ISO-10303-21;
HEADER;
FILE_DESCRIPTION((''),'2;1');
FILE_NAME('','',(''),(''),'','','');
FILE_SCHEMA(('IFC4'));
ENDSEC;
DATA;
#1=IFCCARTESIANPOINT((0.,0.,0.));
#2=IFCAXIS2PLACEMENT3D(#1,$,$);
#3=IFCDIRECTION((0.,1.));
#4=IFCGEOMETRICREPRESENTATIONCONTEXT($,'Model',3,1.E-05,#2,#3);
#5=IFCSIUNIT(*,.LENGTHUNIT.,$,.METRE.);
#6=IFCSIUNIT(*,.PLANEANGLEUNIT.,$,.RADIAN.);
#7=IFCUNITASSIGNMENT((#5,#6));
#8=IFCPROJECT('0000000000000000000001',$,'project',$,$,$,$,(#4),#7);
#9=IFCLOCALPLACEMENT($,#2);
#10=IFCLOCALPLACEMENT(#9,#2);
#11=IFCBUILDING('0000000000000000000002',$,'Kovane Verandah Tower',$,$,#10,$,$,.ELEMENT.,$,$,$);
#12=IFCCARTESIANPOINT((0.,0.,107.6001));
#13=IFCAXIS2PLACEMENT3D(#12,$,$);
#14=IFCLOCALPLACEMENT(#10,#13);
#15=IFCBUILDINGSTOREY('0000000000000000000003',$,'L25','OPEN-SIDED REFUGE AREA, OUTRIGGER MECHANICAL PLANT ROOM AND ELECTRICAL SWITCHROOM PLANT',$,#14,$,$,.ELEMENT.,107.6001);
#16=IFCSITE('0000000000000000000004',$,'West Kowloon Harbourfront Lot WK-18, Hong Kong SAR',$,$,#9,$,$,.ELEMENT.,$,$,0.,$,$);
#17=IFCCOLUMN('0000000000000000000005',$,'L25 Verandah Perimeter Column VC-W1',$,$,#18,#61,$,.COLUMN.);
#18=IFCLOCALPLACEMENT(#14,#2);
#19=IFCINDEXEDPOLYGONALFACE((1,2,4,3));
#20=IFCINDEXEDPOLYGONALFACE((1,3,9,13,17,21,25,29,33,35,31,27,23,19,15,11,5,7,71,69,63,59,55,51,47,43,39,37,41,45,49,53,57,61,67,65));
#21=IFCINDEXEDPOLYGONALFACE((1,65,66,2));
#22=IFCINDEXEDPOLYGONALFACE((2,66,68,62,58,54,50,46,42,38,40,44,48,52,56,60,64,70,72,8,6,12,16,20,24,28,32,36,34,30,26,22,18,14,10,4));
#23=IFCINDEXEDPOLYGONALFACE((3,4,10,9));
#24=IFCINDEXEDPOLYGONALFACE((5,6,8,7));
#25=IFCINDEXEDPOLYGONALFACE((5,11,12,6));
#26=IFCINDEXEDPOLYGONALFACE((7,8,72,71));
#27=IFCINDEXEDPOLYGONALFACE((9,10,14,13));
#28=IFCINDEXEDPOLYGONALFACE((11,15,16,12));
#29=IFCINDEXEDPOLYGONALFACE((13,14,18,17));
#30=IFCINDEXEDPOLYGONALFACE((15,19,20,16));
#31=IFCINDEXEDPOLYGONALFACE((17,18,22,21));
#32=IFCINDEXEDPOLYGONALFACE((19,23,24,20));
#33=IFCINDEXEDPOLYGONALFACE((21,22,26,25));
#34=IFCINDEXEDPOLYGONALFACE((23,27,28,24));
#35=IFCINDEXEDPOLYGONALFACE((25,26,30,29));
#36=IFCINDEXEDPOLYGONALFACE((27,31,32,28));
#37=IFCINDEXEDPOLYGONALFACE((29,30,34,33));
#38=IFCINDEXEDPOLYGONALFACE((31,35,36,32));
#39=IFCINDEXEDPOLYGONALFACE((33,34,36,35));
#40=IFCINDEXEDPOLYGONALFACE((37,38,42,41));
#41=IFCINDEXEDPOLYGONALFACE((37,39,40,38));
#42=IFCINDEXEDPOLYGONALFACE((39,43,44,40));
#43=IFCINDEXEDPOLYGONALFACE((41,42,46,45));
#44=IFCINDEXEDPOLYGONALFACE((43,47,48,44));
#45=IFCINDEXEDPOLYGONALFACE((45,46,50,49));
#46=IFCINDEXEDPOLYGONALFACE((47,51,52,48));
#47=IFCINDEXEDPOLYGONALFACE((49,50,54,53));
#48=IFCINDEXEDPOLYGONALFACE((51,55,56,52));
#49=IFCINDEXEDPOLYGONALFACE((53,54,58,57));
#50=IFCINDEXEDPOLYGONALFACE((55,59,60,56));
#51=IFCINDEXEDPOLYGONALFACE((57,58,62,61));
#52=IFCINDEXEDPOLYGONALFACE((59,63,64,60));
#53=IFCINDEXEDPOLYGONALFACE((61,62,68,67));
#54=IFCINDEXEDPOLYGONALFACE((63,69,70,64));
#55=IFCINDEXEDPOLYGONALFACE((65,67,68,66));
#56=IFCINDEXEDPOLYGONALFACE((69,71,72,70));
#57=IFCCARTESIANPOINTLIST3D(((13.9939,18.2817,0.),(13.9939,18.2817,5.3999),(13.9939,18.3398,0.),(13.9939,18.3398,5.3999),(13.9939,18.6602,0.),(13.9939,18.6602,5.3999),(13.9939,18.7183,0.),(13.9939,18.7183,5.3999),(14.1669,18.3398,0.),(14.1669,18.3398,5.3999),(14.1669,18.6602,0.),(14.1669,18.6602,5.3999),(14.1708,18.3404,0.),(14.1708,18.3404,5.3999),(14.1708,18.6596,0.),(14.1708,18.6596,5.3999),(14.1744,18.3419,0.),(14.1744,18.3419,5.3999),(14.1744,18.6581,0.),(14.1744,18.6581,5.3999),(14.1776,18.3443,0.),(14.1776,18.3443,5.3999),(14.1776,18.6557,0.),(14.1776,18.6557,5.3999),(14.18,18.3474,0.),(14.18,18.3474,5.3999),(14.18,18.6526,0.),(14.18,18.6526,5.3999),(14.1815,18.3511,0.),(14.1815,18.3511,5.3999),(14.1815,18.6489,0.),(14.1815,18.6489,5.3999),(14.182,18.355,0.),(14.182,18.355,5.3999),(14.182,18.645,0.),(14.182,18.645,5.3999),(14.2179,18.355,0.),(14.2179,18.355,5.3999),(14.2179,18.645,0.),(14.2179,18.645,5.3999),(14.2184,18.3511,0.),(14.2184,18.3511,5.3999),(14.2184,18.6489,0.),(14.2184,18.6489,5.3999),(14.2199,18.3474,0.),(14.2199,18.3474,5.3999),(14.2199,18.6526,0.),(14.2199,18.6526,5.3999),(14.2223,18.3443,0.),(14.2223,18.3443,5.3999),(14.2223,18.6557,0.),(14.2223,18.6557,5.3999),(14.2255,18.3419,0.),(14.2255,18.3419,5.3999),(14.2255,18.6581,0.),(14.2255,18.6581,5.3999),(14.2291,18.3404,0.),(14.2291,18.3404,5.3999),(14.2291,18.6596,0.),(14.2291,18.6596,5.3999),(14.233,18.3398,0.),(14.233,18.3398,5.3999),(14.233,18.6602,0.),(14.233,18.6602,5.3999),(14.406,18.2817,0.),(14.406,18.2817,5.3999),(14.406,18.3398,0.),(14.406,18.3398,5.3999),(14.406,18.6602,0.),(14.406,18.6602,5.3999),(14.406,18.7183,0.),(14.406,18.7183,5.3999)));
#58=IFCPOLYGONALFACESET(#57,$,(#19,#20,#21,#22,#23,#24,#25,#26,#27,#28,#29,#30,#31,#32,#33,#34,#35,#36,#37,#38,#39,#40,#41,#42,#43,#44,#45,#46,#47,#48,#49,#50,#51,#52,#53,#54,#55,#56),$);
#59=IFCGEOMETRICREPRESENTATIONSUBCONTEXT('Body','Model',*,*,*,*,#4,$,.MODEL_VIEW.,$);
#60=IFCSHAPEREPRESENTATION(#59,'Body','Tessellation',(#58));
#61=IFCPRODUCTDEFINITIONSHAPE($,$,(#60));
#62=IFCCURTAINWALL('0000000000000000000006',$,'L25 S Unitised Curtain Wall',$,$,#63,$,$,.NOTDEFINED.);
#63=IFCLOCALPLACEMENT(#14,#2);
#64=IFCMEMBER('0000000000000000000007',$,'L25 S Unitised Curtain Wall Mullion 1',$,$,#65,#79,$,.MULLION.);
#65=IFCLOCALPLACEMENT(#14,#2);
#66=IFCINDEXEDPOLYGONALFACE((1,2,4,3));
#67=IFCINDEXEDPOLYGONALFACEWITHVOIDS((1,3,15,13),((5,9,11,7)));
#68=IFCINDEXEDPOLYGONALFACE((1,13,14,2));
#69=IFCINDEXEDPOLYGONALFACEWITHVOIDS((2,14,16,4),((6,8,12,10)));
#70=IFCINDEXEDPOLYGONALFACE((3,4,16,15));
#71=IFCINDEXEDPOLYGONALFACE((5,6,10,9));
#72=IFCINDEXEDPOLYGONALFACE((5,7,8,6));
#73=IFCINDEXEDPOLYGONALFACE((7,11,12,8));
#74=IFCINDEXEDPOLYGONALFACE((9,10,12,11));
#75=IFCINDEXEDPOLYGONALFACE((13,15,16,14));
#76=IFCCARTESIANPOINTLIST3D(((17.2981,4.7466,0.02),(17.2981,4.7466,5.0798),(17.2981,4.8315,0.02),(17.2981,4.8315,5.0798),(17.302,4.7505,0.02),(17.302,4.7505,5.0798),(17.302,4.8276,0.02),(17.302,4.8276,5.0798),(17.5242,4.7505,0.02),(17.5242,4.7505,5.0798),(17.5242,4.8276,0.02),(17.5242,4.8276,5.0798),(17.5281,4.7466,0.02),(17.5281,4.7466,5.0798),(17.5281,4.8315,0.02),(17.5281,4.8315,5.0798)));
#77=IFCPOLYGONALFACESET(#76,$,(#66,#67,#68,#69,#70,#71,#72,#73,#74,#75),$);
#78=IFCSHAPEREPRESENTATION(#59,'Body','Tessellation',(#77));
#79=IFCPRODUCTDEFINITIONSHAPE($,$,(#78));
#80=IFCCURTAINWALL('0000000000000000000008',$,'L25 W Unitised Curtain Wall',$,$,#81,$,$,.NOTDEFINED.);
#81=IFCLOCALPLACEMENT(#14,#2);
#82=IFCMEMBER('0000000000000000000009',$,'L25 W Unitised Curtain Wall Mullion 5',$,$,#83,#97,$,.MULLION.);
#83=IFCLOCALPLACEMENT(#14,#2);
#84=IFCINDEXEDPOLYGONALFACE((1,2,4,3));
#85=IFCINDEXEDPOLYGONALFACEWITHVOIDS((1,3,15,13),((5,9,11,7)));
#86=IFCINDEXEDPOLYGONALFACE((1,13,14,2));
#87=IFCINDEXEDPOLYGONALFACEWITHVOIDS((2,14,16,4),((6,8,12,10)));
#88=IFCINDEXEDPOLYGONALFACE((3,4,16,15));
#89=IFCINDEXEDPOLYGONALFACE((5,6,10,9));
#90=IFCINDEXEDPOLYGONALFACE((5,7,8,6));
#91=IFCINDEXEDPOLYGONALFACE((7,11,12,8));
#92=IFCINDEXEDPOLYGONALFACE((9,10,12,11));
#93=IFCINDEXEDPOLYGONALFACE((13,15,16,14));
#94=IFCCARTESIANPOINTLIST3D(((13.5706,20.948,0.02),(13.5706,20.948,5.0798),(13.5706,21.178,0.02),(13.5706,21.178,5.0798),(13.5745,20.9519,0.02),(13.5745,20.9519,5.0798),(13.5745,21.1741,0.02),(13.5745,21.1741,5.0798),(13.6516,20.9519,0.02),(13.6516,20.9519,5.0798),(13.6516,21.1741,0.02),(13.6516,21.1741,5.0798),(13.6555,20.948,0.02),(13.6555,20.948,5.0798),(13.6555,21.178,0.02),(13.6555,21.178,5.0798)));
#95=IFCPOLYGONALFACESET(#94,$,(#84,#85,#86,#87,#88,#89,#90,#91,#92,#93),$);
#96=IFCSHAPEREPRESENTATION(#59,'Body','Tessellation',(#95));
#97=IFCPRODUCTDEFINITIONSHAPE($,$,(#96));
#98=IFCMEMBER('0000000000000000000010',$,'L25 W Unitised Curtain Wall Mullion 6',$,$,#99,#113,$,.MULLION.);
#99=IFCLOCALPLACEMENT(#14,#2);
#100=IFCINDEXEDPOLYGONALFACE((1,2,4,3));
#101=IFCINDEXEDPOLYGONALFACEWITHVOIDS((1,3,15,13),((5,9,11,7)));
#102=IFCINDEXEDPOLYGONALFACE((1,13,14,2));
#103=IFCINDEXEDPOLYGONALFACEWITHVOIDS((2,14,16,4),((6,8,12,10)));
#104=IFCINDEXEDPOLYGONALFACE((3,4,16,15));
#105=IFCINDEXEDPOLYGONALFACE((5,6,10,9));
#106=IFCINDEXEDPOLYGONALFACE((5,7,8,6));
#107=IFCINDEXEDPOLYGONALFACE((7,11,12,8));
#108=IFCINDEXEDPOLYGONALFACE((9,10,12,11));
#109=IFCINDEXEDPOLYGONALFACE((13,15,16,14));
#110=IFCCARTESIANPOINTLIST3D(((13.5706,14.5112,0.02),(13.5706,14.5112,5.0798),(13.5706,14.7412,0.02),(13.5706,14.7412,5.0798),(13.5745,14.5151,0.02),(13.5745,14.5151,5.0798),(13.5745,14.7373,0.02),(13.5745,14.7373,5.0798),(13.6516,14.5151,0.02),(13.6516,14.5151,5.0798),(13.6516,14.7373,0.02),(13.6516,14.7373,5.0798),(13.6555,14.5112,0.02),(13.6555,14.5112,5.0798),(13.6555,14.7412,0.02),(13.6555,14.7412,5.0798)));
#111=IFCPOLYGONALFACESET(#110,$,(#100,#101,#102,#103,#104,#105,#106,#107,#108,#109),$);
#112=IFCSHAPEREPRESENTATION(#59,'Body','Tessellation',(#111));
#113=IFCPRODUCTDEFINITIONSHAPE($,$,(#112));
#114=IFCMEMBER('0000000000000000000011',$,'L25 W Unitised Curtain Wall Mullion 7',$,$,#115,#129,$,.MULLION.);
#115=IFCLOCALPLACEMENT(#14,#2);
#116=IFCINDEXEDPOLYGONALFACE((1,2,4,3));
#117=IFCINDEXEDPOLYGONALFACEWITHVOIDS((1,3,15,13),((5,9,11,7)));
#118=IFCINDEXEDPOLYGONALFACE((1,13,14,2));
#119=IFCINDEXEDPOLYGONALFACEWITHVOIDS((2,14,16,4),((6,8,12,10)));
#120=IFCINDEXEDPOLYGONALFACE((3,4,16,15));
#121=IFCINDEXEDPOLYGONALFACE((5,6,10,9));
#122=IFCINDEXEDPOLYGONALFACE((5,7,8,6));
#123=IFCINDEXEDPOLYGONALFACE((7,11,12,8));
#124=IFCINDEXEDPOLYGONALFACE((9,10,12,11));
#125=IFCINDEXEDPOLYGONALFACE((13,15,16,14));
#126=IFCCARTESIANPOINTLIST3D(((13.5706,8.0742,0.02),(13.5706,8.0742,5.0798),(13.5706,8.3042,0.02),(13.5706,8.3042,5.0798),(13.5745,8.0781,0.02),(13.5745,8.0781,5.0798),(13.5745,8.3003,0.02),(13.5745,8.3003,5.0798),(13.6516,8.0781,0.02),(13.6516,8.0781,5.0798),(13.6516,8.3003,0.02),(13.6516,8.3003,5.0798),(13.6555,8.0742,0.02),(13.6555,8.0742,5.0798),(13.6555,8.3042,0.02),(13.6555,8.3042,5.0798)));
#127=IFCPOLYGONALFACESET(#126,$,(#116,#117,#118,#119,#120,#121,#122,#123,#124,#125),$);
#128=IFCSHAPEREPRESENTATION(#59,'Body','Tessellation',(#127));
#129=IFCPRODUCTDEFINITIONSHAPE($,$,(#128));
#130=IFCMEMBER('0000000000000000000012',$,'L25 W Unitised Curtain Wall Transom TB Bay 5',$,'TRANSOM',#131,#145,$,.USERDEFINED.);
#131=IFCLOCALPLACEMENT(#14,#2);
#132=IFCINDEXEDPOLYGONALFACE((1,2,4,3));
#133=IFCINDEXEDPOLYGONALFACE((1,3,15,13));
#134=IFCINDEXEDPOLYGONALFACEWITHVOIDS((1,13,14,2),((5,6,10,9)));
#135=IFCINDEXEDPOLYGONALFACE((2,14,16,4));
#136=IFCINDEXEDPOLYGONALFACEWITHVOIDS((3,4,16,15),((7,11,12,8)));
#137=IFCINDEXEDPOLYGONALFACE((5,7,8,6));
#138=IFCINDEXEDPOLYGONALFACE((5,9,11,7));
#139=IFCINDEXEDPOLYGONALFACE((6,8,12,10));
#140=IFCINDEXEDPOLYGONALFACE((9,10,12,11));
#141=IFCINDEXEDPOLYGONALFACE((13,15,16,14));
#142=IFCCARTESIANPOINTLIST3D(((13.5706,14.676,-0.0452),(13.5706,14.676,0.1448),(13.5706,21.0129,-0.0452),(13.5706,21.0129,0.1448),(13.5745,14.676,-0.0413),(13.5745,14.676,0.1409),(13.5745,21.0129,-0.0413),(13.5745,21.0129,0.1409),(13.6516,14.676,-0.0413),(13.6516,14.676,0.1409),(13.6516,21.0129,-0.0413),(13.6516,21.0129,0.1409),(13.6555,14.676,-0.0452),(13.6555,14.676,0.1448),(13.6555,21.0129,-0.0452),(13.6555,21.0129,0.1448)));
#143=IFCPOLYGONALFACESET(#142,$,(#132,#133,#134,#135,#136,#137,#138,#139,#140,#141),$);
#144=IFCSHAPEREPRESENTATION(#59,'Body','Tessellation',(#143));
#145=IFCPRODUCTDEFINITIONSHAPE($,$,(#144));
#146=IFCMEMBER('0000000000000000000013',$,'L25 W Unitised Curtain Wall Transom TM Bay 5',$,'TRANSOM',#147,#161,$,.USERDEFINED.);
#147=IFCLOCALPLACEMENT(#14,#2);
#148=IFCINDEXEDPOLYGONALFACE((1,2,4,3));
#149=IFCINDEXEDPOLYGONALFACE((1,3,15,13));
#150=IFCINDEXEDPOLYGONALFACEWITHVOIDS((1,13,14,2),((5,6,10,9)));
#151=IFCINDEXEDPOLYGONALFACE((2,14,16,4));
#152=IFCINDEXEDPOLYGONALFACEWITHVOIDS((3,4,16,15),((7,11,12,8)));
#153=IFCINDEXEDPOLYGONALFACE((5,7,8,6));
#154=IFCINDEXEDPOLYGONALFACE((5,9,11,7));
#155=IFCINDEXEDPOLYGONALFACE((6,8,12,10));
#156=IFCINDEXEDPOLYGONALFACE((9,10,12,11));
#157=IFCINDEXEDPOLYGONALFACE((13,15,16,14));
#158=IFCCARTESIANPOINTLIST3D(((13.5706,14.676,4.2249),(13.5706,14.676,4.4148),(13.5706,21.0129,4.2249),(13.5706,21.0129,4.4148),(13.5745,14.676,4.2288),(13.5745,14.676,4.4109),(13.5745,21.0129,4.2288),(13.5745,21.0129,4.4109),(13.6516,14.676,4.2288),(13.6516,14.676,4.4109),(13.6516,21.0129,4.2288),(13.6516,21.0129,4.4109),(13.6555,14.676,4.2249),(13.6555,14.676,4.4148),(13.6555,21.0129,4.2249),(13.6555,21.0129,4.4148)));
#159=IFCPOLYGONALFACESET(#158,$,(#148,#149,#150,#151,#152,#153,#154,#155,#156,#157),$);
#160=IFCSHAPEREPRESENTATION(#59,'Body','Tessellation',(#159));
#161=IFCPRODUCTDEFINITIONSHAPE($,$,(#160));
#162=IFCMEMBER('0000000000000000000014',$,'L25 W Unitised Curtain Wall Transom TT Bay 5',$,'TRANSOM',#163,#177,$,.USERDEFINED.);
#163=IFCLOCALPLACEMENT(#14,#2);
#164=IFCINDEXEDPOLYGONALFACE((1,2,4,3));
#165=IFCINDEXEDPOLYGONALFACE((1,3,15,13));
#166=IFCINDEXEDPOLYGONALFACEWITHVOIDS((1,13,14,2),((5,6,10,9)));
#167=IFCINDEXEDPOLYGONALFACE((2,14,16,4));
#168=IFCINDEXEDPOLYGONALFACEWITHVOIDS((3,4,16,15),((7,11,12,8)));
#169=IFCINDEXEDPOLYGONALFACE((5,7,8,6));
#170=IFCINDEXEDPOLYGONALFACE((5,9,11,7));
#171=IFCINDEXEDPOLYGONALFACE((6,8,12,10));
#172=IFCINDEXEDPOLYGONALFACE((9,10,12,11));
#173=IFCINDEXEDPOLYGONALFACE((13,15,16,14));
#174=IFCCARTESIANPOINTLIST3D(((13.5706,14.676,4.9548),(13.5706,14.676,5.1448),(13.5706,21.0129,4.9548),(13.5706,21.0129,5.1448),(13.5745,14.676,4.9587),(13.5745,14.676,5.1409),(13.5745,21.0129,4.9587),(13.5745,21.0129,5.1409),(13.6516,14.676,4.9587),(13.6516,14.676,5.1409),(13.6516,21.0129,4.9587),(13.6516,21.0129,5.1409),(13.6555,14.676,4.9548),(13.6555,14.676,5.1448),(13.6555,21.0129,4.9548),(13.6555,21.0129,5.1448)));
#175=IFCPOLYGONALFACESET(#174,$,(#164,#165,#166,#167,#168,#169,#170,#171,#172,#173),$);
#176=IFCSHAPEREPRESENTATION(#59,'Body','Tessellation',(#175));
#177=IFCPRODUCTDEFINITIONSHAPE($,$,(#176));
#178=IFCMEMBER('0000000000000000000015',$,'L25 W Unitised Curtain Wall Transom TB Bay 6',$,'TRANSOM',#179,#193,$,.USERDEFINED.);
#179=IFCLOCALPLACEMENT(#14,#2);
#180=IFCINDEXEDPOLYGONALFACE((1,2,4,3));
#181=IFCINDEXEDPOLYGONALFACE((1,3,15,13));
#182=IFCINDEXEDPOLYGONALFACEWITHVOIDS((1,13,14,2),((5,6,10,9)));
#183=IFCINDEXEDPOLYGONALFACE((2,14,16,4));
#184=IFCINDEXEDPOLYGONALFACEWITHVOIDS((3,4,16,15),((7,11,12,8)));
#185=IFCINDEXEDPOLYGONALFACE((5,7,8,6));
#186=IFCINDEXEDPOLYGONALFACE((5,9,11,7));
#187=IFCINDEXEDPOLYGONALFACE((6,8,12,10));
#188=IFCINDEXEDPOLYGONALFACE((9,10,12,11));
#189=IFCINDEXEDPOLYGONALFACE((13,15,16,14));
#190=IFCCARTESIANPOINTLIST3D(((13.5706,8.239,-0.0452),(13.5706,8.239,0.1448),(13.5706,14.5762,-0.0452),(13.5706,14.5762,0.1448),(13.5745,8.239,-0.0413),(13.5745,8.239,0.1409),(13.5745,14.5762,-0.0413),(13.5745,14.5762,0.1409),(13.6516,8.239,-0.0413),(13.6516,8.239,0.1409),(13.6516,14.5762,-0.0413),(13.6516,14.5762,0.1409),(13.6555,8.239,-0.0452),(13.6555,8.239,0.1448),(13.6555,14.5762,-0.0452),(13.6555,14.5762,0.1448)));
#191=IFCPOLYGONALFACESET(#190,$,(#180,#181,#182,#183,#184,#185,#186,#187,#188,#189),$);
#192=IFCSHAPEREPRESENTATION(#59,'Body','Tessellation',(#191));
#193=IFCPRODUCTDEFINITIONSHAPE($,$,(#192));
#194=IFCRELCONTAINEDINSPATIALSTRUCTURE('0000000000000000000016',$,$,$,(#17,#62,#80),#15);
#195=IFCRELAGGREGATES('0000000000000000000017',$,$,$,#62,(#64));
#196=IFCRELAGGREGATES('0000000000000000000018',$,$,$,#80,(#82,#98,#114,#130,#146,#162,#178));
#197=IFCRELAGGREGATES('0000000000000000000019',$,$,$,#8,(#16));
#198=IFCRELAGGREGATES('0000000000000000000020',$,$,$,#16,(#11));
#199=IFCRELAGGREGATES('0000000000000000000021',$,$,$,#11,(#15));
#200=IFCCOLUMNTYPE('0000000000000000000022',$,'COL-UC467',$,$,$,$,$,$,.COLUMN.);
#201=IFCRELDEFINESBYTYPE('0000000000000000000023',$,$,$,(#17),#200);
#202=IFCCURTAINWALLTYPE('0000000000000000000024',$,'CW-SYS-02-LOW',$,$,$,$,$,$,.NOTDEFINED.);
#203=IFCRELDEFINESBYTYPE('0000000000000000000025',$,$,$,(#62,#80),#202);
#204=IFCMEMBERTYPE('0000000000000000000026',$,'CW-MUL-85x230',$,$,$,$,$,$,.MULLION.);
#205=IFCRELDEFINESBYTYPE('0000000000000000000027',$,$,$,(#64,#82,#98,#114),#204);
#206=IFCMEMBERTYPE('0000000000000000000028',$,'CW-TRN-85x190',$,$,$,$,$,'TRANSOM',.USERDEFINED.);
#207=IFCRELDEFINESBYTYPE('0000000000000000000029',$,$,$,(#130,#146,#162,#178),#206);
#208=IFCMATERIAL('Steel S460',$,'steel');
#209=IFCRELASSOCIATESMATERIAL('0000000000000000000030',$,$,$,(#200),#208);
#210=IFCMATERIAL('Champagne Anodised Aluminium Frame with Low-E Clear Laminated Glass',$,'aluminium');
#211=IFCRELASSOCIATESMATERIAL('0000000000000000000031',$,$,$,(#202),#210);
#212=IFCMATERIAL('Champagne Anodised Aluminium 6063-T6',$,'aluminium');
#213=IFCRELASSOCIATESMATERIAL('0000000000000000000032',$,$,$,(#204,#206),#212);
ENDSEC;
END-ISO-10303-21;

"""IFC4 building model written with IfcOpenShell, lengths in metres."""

from ifc_helpers import new_model, si_unit, direction, frame, origin, origin_2d, place, context, subcontext, project, spatial, hollow_rectangle, i_section, extrude, material, material_profile, profile_set, type_object, element, aggregate, save


model = new_model("IFC4")

# Units and contexts
model_context = context("Model", 3, precision=1e-05, world=origin(), true_north=direction((0.0, 1.0)))
body_context = subcontext(model_context, "Body", "Model", "MODEL_VIEW")
ifc_project = project(units=[si_unit("LENGTHUNIT", "METRE"), si_unit("PLANEANGLEUNIT", "RADIAN")], contexts=[model_context])

# Site, building, storey
site_placement = place(None, origin())
site = spatial("IfcSite", under=ifc_project, at=site_placement, Name="West Kowloon Harbourfront Lot WK-18, Hong Kong SAR", CompositionType="ELEMENT", RefElevation=0.0)
building_placement = place(site_placement, origin())
building = spatial("IfcBuilding", under=site, at=building_placement, Name="Kovane Verandah Tower", CompositionType="ELEMENT")
storey_placement = place(building_placement, frame((0.0, 0.0, 107.6001)))
storey = spatial("IfcBuildingStorey", under=building, at=storey_placement, Name="L25", Description="OPEN-SIDED REFUGE AREA, OUTRIGGER MECHANICAL PLANT ROOM AND ELECTRICAL SWITCHROOM PLANT", CompositionType="ELEMENT", Elevation=107.6001)

# Column
ifc_material_1 = material(Name="Steel S460", Category="steel")
ifc_material_profile_1 = material_profile(ifc_material_1, i_section(OverallWidth=0.4121, OverallDepth=0.4365, WebThickness=0.0359, FlangeThickness=0.0581, FilletRadius=0.0151, at=origin_2d()), Name="UC356x406x467")
ifc_profile_set_1 = profile_set([ifc_material_profile_1], Name="Steel S460")
column_type = type_object("IfcColumnType", Name="COL-UC467", PredefinedType="COLUMN", material=ifc_profile_set_1)
column_placement = place(storey_placement, frame((14.2, 18.5, 0.0), z_axis=(0.0, 0.0, 1.0), x_axis=(1.0, 0.0, 0.0)))
element("IfcColumn", 1, at=column_placement, inside=storey, type_object=column_type, Name="L25 Verandah Perimeter Column VC-W1", PredefinedType="COLUMN", context=body_context, shape_type="SweptSolid", body=[
    extrude(i_section(OverallWidth=0.4121, OverallDepth=0.4365, WebThickness=0.0359, FlangeThickness=0.0581, FilletRadius=0.0151, at=origin_2d()), origin(), (0.0, 0.0, 1.0), 5.3999),
])

# Curtain wall, member
ifc_material_2 = material(Name="Champagne Anodised Aluminium Frame with Low-E Clear Laminated Glass", Category="aluminium")
curtain_wall_type = type_object("IfcCurtainWallType", Name="CW-SYS-02-LOW", PredefinedType="NOTDEFINED", material=ifc_material_2)
curtain_wall_1_placement = place(storey_placement, origin())
curtain_wall_1 = element("IfcCurtainWall", 2, at=curtain_wall_1_placement, inside=storey, type_object=curtain_wall_type, Name="L25 S Unitised Curtain Wall", PredefinedType="NOTDEFINED")
ifc_material_3 = material(Name="Champagne Anodised Aluminium 6063-T6", Category="aluminium")
ifc_material_profile_2 = material_profile(ifc_material_3, hollow_rectangle(XDim=0.085, YDim=0.23, WallThickness=0.0039, at=origin_2d()), Name="AL85x230x4")
ifc_profile_set_2 = profile_set([ifc_material_profile_2], Name="Champagne Anodised Aluminium 6063-T6")
member_type_1 = type_object("IfcMemberType", Name="CW-MUL-85x230", PredefinedType="MULLION", material=ifc_profile_set_2)
member_1_placement = place(storey_placement, frame((17.4131, 4.7891, 0.02), z_axis=(0.0, 0.0, 1.0), x_axis=(0.0, -1.0, 0.0)))
member_1 = element("IfcMember", 3, at=member_1_placement, type_object=member_type_1, Name="L25 S Unitised Curtain Wall Mullion 1", PredefinedType="MULLION", context=body_context, shape_type="SweptSolid", body=[
    extrude(hollow_rectangle(XDim=0.085, YDim=0.23, WallThickness=0.0039, at=origin_2d()), origin(), (0.0, 0.0, 1.0), 5.0598),
])
aggregate(curtain_wall_1, [member_1])

# Curtain wall, members
curtain_wall_2_placement = place(storey_placement, origin())
curtain_wall_2 = element("IfcCurtainWall", 4, at=curtain_wall_2_placement, inside=storey, type_object=curtain_wall_type, Name="L25 W Unitised Curtain Wall", PredefinedType="NOTDEFINED")
member_2_placement = place(storey_placement, frame((13.613, 21.063, 0.02), z_axis=(0.0, 0.0, 1.0), x_axis=(-1.0, 0.0, 0.0)))
member_2 = element("IfcMember", 5, at=member_2_placement, type_object=member_type_1, Name="L25 W Unitised Curtain Wall Mullion 5", PredefinedType="MULLION", context=body_context, shape_type="SweptSolid", body=[
    extrude(hollow_rectangle(XDim=0.085, YDim=0.23, WallThickness=0.0039, at=origin_2d()), origin(), (0.0, 0.0, 1.0), 5.0598),
])
member_3_placement = place(storey_placement, frame((13.613, 14.6262, 0.02), z_axis=(0.0, 0.0, 1.0), x_axis=(-1.0, 0.0, 0.0)))
member_3 = element("IfcMember", 6, at=member_3_placement, type_object=member_type_1, Name="L25 W Unitised Curtain Wall Mullion 6", PredefinedType="MULLION", context=body_context, shape_type="SweptSolid", body=[
    extrude(hollow_rectangle(XDim=0.085, YDim=0.23, WallThickness=0.0039, at=origin_2d()), origin(), (0.0, 0.0, 1.0), 5.0598),
])
member_4_placement = place(storey_placement, frame((13.613, 8.1892, 0.02), z_axis=(0.0, 0.0, 1.0), x_axis=(-1.0, 0.0, 0.0)))
member_4 = element("IfcMember", 7, at=member_4_placement, type_object=member_type_1, Name="L25 W Unitised Curtain Wall Mullion 7", PredefinedType="MULLION", context=body_context, shape_type="SweptSolid", body=[
    extrude(hollow_rectangle(XDim=0.085, YDim=0.23, WallThickness=0.0039, at=origin_2d()), origin(), (0.0, 0.0, 1.0), 5.0598),
])
ifc_material_profile_3 = material_profile(ifc_material_3, hollow_rectangle(XDim=0.085, YDim=0.1899, WallThickness=0.0039, at=origin_2d()), Name="AL85x190x4")
ifc_profile_set_3 = profile_set([ifc_material_profile_3], Name="Champagne Anodised Aluminium 6063-T6")
member_type_2 = type_object("IfcMemberType", Name="CW-TRN-85x190", ElementType="TRANSOM", PredefinedType="USERDEFINED", material=ifc_profile_set_3)
member_5_placement = place(storey_placement, frame((13.613, 21.0129, 0.0498), z_axis=(0.0, -1.0, 0.0), x_axis=(1.0, 0.0, 0.0)))
member_5 = element("IfcMember", 8, at=member_5_placement, type_object=member_type_2, Name="L25 W Unitised Curtain Wall Transom TB Bay 5", ObjectType="TRANSOM", PredefinedType="USERDEFINED", context=body_context, shape_type="SweptSolid", body=[
    extrude(hollow_rectangle(XDim=0.085, YDim=0.1899, WallThickness=0.0039, at=origin_2d()), origin(), (0.0, 0.0, 1.0), 6.3369),
])
member_6_placement = place(storey_placement, frame((13.613, 21.0129, 4.3198), z_axis=(0.0, -1.0, 0.0), x_axis=(1.0, 0.0, 0.0)))
member_6 = element("IfcMember", 9, at=member_6_placement, type_object=member_type_2, Name="L25 W Unitised Curtain Wall Transom TM Bay 5", ObjectType="TRANSOM", PredefinedType="USERDEFINED", context=body_context, shape_type="SweptSolid", body=[
    extrude(hollow_rectangle(XDim=0.085, YDim=0.1899, WallThickness=0.0039, at=origin_2d()), origin(), (0.0, 0.0, 1.0), 6.3369),
])
member_7_placement = place(storey_placement, frame((13.613, 21.0129, 5.0498), z_axis=(0.0, -1.0, 0.0), x_axis=(1.0, 0.0, 0.0)))
member_7 = element("IfcMember", 10, at=member_7_placement, type_object=member_type_2, Name="L25 W Unitised Curtain Wall Transom TT Bay 5", ObjectType="TRANSOM", PredefinedType="USERDEFINED", context=body_context, shape_type="SweptSolid", body=[
    extrude(hollow_rectangle(XDim=0.085, YDim=0.1899, WallThickness=0.0039, at=origin_2d()), origin(), (0.0, 0.0, 1.0), 6.3369),
])
member_8_placement = place(storey_placement, frame((13.613, 14.5762, 0.0498), z_axis=(0.0, -1.0, 0.0), x_axis=(1.0, 0.0, 0.0)))
member_8 = element("IfcMember", 11, at=member_8_placement, type_object=member_type_2, Name="L25 W Unitised Curtain Wall Transom TB Bay 6", ObjectType="TRANSOM", PredefinedType="USERDEFINED", context=body_context, shape_type="SweptSolid", body=[
    extrude(hollow_rectangle(XDim=0.085, YDim=0.1899, WallThickness=0.0039, at=origin_2d()), origin(), (0.0, 0.0, 1.0), 6.3372),
])
aggregate(curtain_wall_2, [member_2, member_3, member_4, member_5, member_6, member_7, member_8])

save(model, "model.ifc")
